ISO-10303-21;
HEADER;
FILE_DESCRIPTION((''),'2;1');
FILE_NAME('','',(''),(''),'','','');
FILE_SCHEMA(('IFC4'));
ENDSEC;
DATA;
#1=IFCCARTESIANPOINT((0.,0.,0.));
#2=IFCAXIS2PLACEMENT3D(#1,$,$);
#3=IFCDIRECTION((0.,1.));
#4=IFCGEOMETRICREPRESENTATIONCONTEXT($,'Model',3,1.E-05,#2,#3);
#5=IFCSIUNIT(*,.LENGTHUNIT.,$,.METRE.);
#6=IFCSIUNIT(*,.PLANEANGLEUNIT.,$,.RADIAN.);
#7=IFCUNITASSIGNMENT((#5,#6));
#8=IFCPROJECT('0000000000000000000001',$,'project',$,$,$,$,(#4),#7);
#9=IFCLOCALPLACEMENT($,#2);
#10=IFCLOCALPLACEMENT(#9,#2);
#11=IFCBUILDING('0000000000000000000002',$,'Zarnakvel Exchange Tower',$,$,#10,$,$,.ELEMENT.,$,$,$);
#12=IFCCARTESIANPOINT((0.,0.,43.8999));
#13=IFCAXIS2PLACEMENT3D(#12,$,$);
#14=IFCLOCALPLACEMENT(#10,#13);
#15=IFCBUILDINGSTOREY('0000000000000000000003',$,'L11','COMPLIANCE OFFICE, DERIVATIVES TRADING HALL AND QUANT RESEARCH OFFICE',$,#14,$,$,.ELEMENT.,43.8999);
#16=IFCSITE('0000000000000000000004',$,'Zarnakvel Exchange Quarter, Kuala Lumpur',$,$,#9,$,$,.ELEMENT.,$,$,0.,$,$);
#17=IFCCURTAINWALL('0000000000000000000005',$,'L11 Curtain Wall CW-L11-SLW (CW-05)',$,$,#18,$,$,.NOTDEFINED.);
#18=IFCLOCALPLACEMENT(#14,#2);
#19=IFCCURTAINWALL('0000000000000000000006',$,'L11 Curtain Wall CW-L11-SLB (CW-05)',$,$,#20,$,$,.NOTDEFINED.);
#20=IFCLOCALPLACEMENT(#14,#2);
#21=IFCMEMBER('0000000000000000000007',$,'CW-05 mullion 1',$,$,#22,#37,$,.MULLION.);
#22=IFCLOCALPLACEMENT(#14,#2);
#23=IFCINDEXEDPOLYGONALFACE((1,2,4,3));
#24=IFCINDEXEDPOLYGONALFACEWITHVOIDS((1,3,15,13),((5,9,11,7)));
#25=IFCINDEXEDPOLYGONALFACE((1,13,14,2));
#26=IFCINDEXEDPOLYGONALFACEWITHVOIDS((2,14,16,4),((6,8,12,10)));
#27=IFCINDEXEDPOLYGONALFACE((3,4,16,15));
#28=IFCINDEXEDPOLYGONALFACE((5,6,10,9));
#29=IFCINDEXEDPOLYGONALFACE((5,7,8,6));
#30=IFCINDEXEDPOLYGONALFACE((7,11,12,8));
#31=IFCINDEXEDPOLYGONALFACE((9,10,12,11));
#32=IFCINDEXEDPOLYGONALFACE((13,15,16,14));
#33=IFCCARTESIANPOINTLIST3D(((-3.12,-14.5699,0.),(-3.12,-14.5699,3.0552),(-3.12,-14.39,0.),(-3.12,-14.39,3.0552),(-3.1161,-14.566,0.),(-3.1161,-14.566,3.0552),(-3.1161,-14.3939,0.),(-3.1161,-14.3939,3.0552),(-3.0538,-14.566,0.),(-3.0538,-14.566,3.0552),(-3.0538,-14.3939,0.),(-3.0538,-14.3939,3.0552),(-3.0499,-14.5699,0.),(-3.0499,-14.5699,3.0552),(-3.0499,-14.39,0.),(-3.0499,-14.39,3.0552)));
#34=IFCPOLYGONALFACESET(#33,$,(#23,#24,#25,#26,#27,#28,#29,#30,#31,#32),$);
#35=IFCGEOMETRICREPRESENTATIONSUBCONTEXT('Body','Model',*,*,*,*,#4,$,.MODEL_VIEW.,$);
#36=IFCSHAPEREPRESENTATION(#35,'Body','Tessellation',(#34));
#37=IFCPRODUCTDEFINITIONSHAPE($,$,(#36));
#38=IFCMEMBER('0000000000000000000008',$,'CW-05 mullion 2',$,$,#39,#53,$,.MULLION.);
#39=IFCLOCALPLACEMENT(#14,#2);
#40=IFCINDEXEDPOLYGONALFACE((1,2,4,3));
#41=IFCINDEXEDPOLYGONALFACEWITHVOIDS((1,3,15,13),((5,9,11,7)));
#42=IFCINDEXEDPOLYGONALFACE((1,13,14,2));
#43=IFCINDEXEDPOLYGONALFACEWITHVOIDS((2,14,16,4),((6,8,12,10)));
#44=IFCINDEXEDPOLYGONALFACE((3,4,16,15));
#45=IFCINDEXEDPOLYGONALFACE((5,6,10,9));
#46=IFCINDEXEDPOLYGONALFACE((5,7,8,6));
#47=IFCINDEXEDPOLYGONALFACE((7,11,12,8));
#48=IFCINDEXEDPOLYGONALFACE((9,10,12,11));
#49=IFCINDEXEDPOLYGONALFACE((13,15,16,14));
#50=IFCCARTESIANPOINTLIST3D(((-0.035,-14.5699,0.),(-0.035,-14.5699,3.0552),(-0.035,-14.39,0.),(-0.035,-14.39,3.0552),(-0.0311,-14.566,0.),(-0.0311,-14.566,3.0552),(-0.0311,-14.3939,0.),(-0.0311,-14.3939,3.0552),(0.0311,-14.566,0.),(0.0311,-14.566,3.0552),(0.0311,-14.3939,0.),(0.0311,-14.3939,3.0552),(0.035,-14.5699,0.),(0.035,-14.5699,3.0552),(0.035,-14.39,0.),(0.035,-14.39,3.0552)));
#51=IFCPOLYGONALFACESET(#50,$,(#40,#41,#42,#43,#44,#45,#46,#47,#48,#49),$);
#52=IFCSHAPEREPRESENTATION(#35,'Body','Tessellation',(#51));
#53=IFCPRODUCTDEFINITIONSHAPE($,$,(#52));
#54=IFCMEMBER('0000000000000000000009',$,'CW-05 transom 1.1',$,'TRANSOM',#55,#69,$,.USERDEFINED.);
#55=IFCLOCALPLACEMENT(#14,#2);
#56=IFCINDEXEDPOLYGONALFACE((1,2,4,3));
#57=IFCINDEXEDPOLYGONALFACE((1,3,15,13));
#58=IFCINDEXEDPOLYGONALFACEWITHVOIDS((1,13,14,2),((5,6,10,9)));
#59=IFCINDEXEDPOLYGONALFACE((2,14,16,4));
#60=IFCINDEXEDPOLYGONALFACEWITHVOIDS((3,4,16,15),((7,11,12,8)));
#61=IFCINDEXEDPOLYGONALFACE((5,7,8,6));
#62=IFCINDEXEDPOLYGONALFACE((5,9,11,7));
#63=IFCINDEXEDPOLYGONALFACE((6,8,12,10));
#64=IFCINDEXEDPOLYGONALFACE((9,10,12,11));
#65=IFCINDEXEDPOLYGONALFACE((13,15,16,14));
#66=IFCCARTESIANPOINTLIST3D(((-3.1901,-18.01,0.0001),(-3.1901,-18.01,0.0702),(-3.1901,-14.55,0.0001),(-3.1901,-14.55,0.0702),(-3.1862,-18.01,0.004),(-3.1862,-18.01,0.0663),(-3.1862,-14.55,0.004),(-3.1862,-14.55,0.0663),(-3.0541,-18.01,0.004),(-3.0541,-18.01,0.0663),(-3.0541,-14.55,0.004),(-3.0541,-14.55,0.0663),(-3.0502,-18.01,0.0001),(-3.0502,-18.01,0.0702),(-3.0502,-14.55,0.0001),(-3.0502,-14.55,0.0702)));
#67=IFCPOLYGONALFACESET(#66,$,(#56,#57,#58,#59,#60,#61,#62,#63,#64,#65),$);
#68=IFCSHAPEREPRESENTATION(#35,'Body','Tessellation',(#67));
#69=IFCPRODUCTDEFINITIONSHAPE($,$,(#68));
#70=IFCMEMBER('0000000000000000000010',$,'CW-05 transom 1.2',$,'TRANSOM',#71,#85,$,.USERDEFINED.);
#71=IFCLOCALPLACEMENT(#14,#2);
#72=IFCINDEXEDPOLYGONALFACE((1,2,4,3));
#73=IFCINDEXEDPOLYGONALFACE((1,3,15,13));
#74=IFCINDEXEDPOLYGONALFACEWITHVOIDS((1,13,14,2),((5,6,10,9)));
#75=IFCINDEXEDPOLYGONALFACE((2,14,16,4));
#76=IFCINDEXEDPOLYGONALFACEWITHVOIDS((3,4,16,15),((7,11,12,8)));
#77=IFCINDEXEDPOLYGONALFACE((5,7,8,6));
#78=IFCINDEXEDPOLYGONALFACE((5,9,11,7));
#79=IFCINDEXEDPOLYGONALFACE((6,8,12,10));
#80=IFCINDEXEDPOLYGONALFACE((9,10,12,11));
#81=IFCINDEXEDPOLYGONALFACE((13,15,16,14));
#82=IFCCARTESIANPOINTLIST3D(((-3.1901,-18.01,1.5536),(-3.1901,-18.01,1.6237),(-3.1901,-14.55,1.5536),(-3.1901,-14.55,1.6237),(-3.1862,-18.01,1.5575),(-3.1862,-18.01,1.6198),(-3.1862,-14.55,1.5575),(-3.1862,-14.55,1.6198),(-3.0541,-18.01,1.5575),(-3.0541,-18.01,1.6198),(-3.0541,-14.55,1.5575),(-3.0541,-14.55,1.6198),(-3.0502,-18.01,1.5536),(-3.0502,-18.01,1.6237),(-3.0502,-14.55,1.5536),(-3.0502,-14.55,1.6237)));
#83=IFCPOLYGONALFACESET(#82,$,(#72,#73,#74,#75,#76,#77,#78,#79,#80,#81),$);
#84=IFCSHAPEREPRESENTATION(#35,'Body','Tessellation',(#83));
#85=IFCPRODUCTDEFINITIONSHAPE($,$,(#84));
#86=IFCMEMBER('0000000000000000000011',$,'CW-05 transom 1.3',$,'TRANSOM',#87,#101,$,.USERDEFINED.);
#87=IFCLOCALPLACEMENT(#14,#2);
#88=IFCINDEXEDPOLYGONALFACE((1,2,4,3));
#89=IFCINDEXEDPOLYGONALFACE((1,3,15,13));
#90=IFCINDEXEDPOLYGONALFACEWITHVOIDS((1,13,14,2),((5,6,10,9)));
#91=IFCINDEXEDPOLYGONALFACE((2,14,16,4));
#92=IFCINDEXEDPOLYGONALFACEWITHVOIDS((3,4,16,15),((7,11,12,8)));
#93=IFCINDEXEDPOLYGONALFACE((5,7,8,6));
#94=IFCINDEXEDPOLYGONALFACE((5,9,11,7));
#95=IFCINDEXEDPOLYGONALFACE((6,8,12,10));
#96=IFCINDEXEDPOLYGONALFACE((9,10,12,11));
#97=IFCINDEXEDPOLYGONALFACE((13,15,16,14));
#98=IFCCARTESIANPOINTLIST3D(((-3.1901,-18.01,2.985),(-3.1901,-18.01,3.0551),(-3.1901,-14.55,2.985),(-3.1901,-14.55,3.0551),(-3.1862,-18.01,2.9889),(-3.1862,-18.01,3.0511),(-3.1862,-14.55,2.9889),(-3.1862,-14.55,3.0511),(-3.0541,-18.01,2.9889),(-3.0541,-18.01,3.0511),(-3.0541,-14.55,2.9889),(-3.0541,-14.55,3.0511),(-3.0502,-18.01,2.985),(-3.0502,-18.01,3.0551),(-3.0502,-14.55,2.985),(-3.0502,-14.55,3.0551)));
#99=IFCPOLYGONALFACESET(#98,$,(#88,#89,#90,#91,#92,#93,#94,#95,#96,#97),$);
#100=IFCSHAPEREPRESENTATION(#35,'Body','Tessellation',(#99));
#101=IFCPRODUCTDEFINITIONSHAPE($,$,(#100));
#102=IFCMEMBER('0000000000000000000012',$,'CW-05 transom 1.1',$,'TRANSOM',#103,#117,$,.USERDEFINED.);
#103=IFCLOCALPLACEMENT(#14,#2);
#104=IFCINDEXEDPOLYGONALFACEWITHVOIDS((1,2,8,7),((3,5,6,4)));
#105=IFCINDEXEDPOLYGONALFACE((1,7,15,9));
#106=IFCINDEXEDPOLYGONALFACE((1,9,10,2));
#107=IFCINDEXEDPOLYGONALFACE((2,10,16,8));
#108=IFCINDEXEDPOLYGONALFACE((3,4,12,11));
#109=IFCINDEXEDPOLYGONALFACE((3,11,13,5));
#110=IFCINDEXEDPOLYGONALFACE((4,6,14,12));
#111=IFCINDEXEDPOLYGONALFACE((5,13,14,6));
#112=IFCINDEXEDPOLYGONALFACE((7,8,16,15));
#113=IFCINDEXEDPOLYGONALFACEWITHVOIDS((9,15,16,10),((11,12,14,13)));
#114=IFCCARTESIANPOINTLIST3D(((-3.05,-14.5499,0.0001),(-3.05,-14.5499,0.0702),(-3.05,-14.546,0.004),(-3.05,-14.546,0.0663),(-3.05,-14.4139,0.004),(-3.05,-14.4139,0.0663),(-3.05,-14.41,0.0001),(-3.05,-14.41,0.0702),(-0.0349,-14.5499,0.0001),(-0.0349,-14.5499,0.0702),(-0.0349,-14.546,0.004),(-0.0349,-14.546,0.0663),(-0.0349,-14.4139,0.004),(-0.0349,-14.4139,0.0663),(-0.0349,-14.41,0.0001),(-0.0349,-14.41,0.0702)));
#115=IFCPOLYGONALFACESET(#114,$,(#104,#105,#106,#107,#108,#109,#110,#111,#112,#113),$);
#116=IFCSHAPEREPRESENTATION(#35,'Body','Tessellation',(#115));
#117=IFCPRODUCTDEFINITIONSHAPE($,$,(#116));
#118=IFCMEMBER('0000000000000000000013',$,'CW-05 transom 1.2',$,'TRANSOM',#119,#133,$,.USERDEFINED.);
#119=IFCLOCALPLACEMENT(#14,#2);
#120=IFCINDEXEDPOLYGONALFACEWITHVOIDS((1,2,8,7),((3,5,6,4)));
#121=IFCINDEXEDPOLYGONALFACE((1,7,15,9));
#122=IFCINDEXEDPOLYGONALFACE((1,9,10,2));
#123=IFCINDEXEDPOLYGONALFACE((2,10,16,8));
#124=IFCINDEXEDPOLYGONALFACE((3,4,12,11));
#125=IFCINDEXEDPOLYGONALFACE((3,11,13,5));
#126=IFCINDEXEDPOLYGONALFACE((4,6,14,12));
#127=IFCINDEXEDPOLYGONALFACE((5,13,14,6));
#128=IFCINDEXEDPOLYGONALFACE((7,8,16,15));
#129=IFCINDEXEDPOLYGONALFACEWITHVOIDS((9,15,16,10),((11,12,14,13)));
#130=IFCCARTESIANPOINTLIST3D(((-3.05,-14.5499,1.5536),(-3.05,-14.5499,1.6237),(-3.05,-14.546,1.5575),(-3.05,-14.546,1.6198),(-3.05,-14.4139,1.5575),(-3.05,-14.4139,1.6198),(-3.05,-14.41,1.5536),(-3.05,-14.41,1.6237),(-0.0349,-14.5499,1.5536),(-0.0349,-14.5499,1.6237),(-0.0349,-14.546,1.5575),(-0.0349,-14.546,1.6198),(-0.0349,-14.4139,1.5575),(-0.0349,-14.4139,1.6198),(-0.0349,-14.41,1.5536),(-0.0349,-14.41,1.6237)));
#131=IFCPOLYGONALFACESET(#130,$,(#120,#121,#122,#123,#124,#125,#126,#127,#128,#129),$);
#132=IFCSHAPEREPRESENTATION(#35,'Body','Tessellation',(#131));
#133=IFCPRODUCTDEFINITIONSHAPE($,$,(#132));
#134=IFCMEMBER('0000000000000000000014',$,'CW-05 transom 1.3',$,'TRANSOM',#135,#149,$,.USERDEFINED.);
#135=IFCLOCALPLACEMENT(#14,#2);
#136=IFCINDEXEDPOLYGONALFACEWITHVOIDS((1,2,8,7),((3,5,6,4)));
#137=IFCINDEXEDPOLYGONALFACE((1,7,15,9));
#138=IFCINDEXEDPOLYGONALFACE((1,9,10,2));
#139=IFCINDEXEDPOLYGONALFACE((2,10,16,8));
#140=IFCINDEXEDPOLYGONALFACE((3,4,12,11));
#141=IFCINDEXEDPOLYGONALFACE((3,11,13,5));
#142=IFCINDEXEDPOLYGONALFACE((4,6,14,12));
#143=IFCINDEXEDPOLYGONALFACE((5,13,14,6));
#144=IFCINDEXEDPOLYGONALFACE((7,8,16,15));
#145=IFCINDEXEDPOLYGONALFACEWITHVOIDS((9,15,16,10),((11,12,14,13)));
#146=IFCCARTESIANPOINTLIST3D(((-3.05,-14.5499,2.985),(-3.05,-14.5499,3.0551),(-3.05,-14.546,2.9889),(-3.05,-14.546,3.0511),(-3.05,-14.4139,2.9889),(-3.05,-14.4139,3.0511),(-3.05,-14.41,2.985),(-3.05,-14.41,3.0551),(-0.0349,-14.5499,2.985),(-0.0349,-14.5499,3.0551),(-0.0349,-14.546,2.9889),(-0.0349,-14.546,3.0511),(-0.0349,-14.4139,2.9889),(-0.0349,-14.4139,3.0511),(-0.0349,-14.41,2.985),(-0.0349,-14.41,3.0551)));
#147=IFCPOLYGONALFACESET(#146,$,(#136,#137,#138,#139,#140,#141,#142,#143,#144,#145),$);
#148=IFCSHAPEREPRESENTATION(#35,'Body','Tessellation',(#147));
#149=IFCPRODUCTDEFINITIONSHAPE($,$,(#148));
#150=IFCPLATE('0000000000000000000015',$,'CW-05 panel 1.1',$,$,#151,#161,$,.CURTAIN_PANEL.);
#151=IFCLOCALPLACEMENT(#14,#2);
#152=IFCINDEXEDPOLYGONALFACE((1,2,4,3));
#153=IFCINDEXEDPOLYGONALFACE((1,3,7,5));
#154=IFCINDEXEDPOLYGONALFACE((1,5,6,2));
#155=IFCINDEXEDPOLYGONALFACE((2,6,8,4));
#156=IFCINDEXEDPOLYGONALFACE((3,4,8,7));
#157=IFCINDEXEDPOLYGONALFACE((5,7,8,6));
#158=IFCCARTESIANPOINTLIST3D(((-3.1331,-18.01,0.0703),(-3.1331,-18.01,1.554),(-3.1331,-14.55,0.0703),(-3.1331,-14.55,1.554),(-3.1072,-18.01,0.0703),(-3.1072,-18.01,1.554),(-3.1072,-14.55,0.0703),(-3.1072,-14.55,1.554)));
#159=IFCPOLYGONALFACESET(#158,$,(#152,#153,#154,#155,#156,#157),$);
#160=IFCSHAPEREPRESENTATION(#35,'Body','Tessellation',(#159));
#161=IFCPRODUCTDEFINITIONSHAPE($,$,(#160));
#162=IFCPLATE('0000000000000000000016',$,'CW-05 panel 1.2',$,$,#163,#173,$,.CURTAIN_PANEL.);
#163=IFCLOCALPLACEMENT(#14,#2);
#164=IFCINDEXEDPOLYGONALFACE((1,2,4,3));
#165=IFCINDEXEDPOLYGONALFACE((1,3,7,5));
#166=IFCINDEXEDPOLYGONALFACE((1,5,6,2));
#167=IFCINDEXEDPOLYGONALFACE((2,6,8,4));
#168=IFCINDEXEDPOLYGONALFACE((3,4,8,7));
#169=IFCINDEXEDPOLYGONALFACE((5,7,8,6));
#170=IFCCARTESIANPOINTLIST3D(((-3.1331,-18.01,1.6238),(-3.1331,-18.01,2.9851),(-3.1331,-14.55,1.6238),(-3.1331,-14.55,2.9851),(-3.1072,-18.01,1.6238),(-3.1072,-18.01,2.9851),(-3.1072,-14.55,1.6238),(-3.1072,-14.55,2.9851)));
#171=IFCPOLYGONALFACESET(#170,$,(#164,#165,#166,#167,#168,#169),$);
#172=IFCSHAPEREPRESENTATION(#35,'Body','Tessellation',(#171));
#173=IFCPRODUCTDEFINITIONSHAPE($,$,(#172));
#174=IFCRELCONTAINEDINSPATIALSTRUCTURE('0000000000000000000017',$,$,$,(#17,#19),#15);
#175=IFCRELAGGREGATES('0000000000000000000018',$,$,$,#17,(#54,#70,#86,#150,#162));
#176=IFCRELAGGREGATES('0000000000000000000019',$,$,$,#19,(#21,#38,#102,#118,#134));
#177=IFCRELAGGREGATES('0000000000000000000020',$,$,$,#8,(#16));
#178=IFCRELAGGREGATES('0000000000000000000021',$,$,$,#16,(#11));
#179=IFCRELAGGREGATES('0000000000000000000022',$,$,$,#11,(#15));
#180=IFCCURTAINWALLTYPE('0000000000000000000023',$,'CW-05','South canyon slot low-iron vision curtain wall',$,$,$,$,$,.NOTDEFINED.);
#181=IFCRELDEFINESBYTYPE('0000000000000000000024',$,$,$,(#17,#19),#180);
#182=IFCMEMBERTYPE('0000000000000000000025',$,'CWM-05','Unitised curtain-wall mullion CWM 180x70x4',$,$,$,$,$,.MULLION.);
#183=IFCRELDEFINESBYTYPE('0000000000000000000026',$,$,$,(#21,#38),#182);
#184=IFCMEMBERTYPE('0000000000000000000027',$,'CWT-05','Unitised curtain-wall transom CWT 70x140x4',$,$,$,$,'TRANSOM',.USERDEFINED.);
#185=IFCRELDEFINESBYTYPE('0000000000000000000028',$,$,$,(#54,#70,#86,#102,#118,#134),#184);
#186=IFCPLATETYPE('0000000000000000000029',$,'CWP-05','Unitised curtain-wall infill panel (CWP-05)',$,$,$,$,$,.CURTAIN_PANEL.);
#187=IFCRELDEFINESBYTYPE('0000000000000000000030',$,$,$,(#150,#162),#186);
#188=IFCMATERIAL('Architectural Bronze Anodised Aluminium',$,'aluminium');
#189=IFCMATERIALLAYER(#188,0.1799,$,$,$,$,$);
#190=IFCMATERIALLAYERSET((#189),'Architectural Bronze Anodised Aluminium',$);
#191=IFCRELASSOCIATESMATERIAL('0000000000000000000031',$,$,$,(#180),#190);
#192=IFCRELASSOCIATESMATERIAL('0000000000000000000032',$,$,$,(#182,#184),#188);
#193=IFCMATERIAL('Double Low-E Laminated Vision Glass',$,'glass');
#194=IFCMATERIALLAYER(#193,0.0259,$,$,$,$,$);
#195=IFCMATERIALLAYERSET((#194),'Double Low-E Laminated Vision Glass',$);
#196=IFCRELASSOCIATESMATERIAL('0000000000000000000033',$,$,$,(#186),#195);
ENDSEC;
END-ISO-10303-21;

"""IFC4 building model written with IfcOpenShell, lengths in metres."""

from ifc_helpers import new_model, si_unit, direction, frame, origin, origin_2d, place, context, subcontext, project, spatial, rectangle, hollow_rectangle, extrude, source, transform, mapped, material, layer, layer_set, material_profile, profile_set, type_object, element, aggregate, save


model = new_model("IFC4")

# Units and contexts
model_context = context("Model", 3, precision=1e-05, world=origin(), true_north=direction((0.0, 1.0)))
body_context = subcontext(model_context, "Body", "Model", "MODEL_VIEW")
ifc_project = project(units=[si_unit("LENGTHUNIT", "METRE"), si_unit("PLANEANGLEUNIT", "RADIAN")], contexts=[model_context])

# Site, building, storey
site_placement = place(None, origin())
site = spatial("IfcSite", under=ifc_project, at=site_placement, Name="Zarnakvel Exchange Quarter, Kuala Lumpur", CompositionType="ELEMENT", RefElevation=0.0)
building_placement = place(site_placement, origin())
building = spatial("IfcBuilding", under=site, at=building_placement, Name="Zarnakvel Exchange Tower", CompositionType="ELEMENT")
storey_placement = place(building_placement, frame((0.0, 0.0, 43.8999)))
storey = spatial("IfcBuildingStorey", under=building, at=storey_placement, Name="L11", Description="COMPLIANCE OFFICE, DERIVATIVES TRADING HALL AND QUANT RESEARCH OFFICE", CompositionType="ELEMENT", Elevation=43.8999)

# Curtain walls, members
ifc_material_1 = material(Name="Architectural Bronze Anodised Aluminium", Category="aluminium")
ifc_layer_1 = layer(ifc_material_1, 0.1799)
ifc_layer_set_1 = layer_set([ifc_layer_1], Name="Architectural Bronze Anodised Aluminium")
curtain_wall_type = type_object("IfcCurtainWallType", Name="CW-05", Description="South canyon slot low-iron vision curtain wall", PredefinedType="NOTDEFINED", material=ifc_layer_set_1)
curtain_wall_1_placement = place(storey_placement, origin())
curtain_wall_1 = element("IfcCurtainWall", 1, at=curtain_wall_1_placement, inside=storey, type_object=curtain_wall_type, Name="L11 Curtain Wall CW-L11-SLW (CW-05)", PredefinedType="NOTDEFINED")
ifc_material_profile_1 = material_profile(ifc_material_1, hollow_rectangle(XDim=0.1799, YDim=0.0701, WallThickness=0.0039, at=origin_2d()))
ifc_profile_set_1 = profile_set([ifc_material_profile_1], Name="Architectural Bronze Anodised Aluminium")
member_type_1 = type_object("IfcMemberType", Name="CWM-05", Description="Unitised curtain-wall mullion CWM 180x70x4", PredefinedType="MULLION", material=ifc_profile_set_1)
shared_shape_1 = source(origin(), body_context, "Body", "SweptSolid", [
    extrude(hollow_rectangle(XDim=0.1799, YDim=0.0701, WallThickness=0.0039, at=origin_2d()), origin(), (0.0, 0.0, 1.0), 3.0552),
])
curtain_wall_2_placement = place(storey_placement, origin())
curtain_wall_2 = element("IfcCurtainWall", 2, at=curtain_wall_2_placement, inside=storey, type_object=curtain_wall_type, Name="L11 Curtain Wall CW-L11-SLB (CW-05)", PredefinedType="NOTDEFINED")
member_1_placement = place(storey_placement, frame((-3.085, -14.48, 0.0), z_axis=(0.0, 0.0, 1.0), x_axis=(0.0, 1.0, 0.0)))
member_1 = element("IfcMember", 3, at=member_1_placement, type_object=member_type_1, Name="CW-05 mullion 1", PredefinedType="MULLION", context=body_context, shape_type="MappedRepresentation", body=[
    mapped(shared_shape_1, transform((0.0, 0.0, 0.0), x_axis=(1.0, 0.0, 0.0), y_axis=(0.0, 1.0, 0.0), z_axis=(0.0, 0.0, 1.0), scale=1.0)),
])
member_2_placement = place(storey_placement, frame((0.0, -14.48, 0.0), z_axis=(0.0, 0.0, 1.0), x_axis=(0.0, 1.0, 0.0)))
member_2 = element("IfcMember", 4, at=member_2_placement, type_object=member_type_1, Name="CW-05 mullion 2", PredefinedType="MULLION", context=body_context, shape_type="MappedRepresentation", body=[
    mapped(shared_shape_1, transform((0.0, 0.0, 0.0), x_axis=(1.0, 0.0, 0.0), y_axis=(0.0, 1.0, 0.0), z_axis=(0.0, 0.0, 1.0), scale=1.0)),
])

# Members
ifc_material_profile_2 = material_profile(ifc_material_1, hollow_rectangle(XDim=0.1399, YDim=0.0701, WallThickness=0.0039, at=origin_2d()))
ifc_profile_set_2 = profile_set([ifc_material_profile_2], Name="Architectural Bronze Anodised Aluminium")
member_type_2 = type_object("IfcMemberType", Name="CWT-05", Description="Unitised curtain-wall transom CWT 70x140x4", ElementType="TRANSOM", PredefinedType="USERDEFINED", material=ifc_profile_set_2)
shared_shape_2 = source(origin(), body_context, "Body", "SweptSolid", [
    extrude(hollow_rectangle(XDim=0.1399, YDim=0.0701, WallThickness=0.0039, at=origin_2d()), origin(), (0.0, 0.0, 1.0), 3.46),
])
member_3_placement = place(storey_placement, frame((-3.1201, -18.01, 0.0352), z_axis=(0.0, 1.0, 0.0), x_axis=(-1.0, 0.0, 0.0)))
member_3 = element("IfcMember", 5, at=member_3_placement, type_object=member_type_2, Name="CW-05 transom 1.1", ObjectType="TRANSOM", PredefinedType="USERDEFINED", context=body_context, shape_type="MappedRepresentation", body=[
    mapped(shared_shape_2, transform((0.0, 0.0, 0.0), x_axis=(1.0, 0.0, 0.0), y_axis=(0.0, 1.0, 0.0), z_axis=(0.0, 0.0, 1.0), scale=1.0)),
])
member_4_placement = place(storey_placement, frame((-3.1201, -18.01, 1.5886), z_axis=(0.0, 1.0, 0.0), x_axis=(-1.0, 0.0, 0.0)))
member_4 = element("IfcMember", 6, at=member_4_placement, type_object=member_type_2, Name="CW-05 transom 1.2", ObjectType="TRANSOM", PredefinedType="USERDEFINED", context=body_context, shape_type="MappedRepresentation", body=[
    mapped(shared_shape_2, transform((0.0, 0.0, 0.0), x_axis=(1.0, 0.0, 0.0), y_axis=(0.0, 1.0, 0.0), z_axis=(0.0, 0.0, 1.0), scale=1.0)),
])
member_5_placement = place(storey_placement, frame((-3.1201, -18.01, 3.02), z_axis=(0.0, 1.0, 0.0), x_axis=(-1.0, 0.0, 0.0)))
member_5 = element("IfcMember", 7, at=member_5_placement, type_object=member_type_2, Name="CW-05 transom 1.3", ObjectType="TRANSOM", PredefinedType="USERDEFINED", context=body_context, shape_type="MappedRepresentation", body=[
    mapped(shared_shape_2, transform((0.0, 0.0, 0.0), x_axis=(1.0, 0.0, 0.0), y_axis=(0.0, 1.0, 0.0), z_axis=(0.0, 0.0, 1.0), scale=1.0)),
])
shared_shape_3 = source(origin(), body_context, "Body", "SweptSolid", [
    extrude(hollow_rectangle(XDim=0.1399, YDim=0.0701, WallThickness=0.0039, at=origin_2d()), origin(), (0.0, 0.0, 1.0), 3.0151),
])
member_6_placement = place(storey_placement, frame((-3.05, -14.48, 0.0352), z_axis=(1.0, 0.0, 0.0), x_axis=(0.0, 1.0, 0.0)))
member_6 = element("IfcMember", 8, at=member_6_placement, type_object=member_type_2, Name="CW-05 transom 1.1", ObjectType="TRANSOM", PredefinedType="USERDEFINED", context=body_context, shape_type="MappedRepresentation", body=[
    mapped(shared_shape_3, transform((0.0, 0.0, 0.0), x_axis=(1.0, 0.0, 0.0), y_axis=(0.0, 1.0, 0.0), z_axis=(0.0, 0.0, 1.0), scale=1.0)),
])
member_7_placement = place(storey_placement, frame((-3.05, -14.48, 1.5886), z_axis=(1.0, 0.0, 0.0), x_axis=(0.0, 1.0, 0.0)))
member_7 = element("IfcMember", 9, at=member_7_placement, type_object=member_type_2, Name="CW-05 transom 1.2", ObjectType="TRANSOM", PredefinedType="USERDEFINED", context=body_context, shape_type="MappedRepresentation", body=[
    mapped(shared_shape_3, transform((0.0, 0.0, 0.0), x_axis=(1.0, 0.0, 0.0), y_axis=(0.0, 1.0, 0.0), z_axis=(0.0, 0.0, 1.0), scale=1.0)),
])
member_8_placement = place(storey_placement, frame((-3.05, -14.48, 3.02), z_axis=(1.0, 0.0, 0.0), x_axis=(0.0, 1.0, 0.0)))
member_8 = element("IfcMember", 10, at=member_8_placement, type_object=member_type_2, Name="CW-05 transom 1.3", ObjectType="TRANSOM", PredefinedType="USERDEFINED", context=body_context, shape_type="MappedRepresentation", body=[
    mapped(shared_shape_3, transform((0.0, 0.0, 0.0), x_axis=(1.0, 0.0, 0.0), y_axis=(0.0, 1.0, 0.0), z_axis=(0.0, 0.0, 1.0), scale=1.0)),
])

# Plates
ifc_material_2 = material(Name="Double Low-E Laminated Vision Glass", Category="glass")
ifc_layer_2 = layer(ifc_material_2, 0.0259)
ifc_layer_set_2 = layer_set([ifc_layer_2], Name="Double Low-E Laminated Vision Glass")
plate_type = type_object("IfcPlateType", Name="CWP-05", Description="Unitised curtain-wall infill panel (CWP-05)", PredefinedType="CURTAIN_PANEL", material=ifc_layer_set_2)
shared_shape_4 = source(origin(), body_context, "Body", "SweptSolid", [
    extrude(rectangle(XDim=3.46, YDim=0.0259, at=origin_2d()), origin(), (0.0, 0.0, 1.0), 1.4836),
])
plate_1_placement = place(storey_placement, frame((-3.1201, -16.28, 0.0703), z_axis=(0.0, 0.0, 1.0), x_axis=(0.0, 1.0, 0.0)))
plate_1 = element("IfcPlate", 11, at=plate_1_placement, type_object=plate_type, Name="CW-05 panel 1.1", PredefinedType="CURTAIN_PANEL", context=body_context, shape_type="MappedRepresentation", body=[
    mapped(shared_shape_4, transform((0.0, 0.0, 0.0), x_axis=(1.0, 0.0, 0.0), y_axis=(0.0, 1.0, 0.0), z_axis=(0.0, 0.0, 1.0), scale=1.0)),
])
shared_shape_5 = source(origin(), body_context, "Body", "SweptSolid", [
    extrude(rectangle(XDim=3.46, YDim=0.0259, at=origin_2d()), origin(), (0.0, 0.0, 1.0), 1.3613),
])
plate_2_placement = place(storey_placement, frame((-3.1201, -16.28, 1.6238), z_axis=(0.0, 0.0, 1.0), x_axis=(0.0, 1.0, 0.0)))
plate_2 = element("IfcPlate", 12, at=plate_2_placement, type_object=plate_type, Name="CW-05 panel 1.2", PredefinedType="CURTAIN_PANEL", context=body_context, shape_type="MappedRepresentation", body=[
    mapped(shared_shape_5, transform((0.0, 0.0, 0.0), x_axis=(1.0, 0.0, 0.0), y_axis=(0.0, 1.0, 0.0), z_axis=(0.0, 0.0, 1.0), scale=1.0)),
])
aggregate(curtain_wall_1, [member_3, member_4, member_5, plate_1, plate_2])
aggregate(curtain_wall_2, [member_1, member_2, member_6, member_7, member_8])

save(model, "model.ifc")
